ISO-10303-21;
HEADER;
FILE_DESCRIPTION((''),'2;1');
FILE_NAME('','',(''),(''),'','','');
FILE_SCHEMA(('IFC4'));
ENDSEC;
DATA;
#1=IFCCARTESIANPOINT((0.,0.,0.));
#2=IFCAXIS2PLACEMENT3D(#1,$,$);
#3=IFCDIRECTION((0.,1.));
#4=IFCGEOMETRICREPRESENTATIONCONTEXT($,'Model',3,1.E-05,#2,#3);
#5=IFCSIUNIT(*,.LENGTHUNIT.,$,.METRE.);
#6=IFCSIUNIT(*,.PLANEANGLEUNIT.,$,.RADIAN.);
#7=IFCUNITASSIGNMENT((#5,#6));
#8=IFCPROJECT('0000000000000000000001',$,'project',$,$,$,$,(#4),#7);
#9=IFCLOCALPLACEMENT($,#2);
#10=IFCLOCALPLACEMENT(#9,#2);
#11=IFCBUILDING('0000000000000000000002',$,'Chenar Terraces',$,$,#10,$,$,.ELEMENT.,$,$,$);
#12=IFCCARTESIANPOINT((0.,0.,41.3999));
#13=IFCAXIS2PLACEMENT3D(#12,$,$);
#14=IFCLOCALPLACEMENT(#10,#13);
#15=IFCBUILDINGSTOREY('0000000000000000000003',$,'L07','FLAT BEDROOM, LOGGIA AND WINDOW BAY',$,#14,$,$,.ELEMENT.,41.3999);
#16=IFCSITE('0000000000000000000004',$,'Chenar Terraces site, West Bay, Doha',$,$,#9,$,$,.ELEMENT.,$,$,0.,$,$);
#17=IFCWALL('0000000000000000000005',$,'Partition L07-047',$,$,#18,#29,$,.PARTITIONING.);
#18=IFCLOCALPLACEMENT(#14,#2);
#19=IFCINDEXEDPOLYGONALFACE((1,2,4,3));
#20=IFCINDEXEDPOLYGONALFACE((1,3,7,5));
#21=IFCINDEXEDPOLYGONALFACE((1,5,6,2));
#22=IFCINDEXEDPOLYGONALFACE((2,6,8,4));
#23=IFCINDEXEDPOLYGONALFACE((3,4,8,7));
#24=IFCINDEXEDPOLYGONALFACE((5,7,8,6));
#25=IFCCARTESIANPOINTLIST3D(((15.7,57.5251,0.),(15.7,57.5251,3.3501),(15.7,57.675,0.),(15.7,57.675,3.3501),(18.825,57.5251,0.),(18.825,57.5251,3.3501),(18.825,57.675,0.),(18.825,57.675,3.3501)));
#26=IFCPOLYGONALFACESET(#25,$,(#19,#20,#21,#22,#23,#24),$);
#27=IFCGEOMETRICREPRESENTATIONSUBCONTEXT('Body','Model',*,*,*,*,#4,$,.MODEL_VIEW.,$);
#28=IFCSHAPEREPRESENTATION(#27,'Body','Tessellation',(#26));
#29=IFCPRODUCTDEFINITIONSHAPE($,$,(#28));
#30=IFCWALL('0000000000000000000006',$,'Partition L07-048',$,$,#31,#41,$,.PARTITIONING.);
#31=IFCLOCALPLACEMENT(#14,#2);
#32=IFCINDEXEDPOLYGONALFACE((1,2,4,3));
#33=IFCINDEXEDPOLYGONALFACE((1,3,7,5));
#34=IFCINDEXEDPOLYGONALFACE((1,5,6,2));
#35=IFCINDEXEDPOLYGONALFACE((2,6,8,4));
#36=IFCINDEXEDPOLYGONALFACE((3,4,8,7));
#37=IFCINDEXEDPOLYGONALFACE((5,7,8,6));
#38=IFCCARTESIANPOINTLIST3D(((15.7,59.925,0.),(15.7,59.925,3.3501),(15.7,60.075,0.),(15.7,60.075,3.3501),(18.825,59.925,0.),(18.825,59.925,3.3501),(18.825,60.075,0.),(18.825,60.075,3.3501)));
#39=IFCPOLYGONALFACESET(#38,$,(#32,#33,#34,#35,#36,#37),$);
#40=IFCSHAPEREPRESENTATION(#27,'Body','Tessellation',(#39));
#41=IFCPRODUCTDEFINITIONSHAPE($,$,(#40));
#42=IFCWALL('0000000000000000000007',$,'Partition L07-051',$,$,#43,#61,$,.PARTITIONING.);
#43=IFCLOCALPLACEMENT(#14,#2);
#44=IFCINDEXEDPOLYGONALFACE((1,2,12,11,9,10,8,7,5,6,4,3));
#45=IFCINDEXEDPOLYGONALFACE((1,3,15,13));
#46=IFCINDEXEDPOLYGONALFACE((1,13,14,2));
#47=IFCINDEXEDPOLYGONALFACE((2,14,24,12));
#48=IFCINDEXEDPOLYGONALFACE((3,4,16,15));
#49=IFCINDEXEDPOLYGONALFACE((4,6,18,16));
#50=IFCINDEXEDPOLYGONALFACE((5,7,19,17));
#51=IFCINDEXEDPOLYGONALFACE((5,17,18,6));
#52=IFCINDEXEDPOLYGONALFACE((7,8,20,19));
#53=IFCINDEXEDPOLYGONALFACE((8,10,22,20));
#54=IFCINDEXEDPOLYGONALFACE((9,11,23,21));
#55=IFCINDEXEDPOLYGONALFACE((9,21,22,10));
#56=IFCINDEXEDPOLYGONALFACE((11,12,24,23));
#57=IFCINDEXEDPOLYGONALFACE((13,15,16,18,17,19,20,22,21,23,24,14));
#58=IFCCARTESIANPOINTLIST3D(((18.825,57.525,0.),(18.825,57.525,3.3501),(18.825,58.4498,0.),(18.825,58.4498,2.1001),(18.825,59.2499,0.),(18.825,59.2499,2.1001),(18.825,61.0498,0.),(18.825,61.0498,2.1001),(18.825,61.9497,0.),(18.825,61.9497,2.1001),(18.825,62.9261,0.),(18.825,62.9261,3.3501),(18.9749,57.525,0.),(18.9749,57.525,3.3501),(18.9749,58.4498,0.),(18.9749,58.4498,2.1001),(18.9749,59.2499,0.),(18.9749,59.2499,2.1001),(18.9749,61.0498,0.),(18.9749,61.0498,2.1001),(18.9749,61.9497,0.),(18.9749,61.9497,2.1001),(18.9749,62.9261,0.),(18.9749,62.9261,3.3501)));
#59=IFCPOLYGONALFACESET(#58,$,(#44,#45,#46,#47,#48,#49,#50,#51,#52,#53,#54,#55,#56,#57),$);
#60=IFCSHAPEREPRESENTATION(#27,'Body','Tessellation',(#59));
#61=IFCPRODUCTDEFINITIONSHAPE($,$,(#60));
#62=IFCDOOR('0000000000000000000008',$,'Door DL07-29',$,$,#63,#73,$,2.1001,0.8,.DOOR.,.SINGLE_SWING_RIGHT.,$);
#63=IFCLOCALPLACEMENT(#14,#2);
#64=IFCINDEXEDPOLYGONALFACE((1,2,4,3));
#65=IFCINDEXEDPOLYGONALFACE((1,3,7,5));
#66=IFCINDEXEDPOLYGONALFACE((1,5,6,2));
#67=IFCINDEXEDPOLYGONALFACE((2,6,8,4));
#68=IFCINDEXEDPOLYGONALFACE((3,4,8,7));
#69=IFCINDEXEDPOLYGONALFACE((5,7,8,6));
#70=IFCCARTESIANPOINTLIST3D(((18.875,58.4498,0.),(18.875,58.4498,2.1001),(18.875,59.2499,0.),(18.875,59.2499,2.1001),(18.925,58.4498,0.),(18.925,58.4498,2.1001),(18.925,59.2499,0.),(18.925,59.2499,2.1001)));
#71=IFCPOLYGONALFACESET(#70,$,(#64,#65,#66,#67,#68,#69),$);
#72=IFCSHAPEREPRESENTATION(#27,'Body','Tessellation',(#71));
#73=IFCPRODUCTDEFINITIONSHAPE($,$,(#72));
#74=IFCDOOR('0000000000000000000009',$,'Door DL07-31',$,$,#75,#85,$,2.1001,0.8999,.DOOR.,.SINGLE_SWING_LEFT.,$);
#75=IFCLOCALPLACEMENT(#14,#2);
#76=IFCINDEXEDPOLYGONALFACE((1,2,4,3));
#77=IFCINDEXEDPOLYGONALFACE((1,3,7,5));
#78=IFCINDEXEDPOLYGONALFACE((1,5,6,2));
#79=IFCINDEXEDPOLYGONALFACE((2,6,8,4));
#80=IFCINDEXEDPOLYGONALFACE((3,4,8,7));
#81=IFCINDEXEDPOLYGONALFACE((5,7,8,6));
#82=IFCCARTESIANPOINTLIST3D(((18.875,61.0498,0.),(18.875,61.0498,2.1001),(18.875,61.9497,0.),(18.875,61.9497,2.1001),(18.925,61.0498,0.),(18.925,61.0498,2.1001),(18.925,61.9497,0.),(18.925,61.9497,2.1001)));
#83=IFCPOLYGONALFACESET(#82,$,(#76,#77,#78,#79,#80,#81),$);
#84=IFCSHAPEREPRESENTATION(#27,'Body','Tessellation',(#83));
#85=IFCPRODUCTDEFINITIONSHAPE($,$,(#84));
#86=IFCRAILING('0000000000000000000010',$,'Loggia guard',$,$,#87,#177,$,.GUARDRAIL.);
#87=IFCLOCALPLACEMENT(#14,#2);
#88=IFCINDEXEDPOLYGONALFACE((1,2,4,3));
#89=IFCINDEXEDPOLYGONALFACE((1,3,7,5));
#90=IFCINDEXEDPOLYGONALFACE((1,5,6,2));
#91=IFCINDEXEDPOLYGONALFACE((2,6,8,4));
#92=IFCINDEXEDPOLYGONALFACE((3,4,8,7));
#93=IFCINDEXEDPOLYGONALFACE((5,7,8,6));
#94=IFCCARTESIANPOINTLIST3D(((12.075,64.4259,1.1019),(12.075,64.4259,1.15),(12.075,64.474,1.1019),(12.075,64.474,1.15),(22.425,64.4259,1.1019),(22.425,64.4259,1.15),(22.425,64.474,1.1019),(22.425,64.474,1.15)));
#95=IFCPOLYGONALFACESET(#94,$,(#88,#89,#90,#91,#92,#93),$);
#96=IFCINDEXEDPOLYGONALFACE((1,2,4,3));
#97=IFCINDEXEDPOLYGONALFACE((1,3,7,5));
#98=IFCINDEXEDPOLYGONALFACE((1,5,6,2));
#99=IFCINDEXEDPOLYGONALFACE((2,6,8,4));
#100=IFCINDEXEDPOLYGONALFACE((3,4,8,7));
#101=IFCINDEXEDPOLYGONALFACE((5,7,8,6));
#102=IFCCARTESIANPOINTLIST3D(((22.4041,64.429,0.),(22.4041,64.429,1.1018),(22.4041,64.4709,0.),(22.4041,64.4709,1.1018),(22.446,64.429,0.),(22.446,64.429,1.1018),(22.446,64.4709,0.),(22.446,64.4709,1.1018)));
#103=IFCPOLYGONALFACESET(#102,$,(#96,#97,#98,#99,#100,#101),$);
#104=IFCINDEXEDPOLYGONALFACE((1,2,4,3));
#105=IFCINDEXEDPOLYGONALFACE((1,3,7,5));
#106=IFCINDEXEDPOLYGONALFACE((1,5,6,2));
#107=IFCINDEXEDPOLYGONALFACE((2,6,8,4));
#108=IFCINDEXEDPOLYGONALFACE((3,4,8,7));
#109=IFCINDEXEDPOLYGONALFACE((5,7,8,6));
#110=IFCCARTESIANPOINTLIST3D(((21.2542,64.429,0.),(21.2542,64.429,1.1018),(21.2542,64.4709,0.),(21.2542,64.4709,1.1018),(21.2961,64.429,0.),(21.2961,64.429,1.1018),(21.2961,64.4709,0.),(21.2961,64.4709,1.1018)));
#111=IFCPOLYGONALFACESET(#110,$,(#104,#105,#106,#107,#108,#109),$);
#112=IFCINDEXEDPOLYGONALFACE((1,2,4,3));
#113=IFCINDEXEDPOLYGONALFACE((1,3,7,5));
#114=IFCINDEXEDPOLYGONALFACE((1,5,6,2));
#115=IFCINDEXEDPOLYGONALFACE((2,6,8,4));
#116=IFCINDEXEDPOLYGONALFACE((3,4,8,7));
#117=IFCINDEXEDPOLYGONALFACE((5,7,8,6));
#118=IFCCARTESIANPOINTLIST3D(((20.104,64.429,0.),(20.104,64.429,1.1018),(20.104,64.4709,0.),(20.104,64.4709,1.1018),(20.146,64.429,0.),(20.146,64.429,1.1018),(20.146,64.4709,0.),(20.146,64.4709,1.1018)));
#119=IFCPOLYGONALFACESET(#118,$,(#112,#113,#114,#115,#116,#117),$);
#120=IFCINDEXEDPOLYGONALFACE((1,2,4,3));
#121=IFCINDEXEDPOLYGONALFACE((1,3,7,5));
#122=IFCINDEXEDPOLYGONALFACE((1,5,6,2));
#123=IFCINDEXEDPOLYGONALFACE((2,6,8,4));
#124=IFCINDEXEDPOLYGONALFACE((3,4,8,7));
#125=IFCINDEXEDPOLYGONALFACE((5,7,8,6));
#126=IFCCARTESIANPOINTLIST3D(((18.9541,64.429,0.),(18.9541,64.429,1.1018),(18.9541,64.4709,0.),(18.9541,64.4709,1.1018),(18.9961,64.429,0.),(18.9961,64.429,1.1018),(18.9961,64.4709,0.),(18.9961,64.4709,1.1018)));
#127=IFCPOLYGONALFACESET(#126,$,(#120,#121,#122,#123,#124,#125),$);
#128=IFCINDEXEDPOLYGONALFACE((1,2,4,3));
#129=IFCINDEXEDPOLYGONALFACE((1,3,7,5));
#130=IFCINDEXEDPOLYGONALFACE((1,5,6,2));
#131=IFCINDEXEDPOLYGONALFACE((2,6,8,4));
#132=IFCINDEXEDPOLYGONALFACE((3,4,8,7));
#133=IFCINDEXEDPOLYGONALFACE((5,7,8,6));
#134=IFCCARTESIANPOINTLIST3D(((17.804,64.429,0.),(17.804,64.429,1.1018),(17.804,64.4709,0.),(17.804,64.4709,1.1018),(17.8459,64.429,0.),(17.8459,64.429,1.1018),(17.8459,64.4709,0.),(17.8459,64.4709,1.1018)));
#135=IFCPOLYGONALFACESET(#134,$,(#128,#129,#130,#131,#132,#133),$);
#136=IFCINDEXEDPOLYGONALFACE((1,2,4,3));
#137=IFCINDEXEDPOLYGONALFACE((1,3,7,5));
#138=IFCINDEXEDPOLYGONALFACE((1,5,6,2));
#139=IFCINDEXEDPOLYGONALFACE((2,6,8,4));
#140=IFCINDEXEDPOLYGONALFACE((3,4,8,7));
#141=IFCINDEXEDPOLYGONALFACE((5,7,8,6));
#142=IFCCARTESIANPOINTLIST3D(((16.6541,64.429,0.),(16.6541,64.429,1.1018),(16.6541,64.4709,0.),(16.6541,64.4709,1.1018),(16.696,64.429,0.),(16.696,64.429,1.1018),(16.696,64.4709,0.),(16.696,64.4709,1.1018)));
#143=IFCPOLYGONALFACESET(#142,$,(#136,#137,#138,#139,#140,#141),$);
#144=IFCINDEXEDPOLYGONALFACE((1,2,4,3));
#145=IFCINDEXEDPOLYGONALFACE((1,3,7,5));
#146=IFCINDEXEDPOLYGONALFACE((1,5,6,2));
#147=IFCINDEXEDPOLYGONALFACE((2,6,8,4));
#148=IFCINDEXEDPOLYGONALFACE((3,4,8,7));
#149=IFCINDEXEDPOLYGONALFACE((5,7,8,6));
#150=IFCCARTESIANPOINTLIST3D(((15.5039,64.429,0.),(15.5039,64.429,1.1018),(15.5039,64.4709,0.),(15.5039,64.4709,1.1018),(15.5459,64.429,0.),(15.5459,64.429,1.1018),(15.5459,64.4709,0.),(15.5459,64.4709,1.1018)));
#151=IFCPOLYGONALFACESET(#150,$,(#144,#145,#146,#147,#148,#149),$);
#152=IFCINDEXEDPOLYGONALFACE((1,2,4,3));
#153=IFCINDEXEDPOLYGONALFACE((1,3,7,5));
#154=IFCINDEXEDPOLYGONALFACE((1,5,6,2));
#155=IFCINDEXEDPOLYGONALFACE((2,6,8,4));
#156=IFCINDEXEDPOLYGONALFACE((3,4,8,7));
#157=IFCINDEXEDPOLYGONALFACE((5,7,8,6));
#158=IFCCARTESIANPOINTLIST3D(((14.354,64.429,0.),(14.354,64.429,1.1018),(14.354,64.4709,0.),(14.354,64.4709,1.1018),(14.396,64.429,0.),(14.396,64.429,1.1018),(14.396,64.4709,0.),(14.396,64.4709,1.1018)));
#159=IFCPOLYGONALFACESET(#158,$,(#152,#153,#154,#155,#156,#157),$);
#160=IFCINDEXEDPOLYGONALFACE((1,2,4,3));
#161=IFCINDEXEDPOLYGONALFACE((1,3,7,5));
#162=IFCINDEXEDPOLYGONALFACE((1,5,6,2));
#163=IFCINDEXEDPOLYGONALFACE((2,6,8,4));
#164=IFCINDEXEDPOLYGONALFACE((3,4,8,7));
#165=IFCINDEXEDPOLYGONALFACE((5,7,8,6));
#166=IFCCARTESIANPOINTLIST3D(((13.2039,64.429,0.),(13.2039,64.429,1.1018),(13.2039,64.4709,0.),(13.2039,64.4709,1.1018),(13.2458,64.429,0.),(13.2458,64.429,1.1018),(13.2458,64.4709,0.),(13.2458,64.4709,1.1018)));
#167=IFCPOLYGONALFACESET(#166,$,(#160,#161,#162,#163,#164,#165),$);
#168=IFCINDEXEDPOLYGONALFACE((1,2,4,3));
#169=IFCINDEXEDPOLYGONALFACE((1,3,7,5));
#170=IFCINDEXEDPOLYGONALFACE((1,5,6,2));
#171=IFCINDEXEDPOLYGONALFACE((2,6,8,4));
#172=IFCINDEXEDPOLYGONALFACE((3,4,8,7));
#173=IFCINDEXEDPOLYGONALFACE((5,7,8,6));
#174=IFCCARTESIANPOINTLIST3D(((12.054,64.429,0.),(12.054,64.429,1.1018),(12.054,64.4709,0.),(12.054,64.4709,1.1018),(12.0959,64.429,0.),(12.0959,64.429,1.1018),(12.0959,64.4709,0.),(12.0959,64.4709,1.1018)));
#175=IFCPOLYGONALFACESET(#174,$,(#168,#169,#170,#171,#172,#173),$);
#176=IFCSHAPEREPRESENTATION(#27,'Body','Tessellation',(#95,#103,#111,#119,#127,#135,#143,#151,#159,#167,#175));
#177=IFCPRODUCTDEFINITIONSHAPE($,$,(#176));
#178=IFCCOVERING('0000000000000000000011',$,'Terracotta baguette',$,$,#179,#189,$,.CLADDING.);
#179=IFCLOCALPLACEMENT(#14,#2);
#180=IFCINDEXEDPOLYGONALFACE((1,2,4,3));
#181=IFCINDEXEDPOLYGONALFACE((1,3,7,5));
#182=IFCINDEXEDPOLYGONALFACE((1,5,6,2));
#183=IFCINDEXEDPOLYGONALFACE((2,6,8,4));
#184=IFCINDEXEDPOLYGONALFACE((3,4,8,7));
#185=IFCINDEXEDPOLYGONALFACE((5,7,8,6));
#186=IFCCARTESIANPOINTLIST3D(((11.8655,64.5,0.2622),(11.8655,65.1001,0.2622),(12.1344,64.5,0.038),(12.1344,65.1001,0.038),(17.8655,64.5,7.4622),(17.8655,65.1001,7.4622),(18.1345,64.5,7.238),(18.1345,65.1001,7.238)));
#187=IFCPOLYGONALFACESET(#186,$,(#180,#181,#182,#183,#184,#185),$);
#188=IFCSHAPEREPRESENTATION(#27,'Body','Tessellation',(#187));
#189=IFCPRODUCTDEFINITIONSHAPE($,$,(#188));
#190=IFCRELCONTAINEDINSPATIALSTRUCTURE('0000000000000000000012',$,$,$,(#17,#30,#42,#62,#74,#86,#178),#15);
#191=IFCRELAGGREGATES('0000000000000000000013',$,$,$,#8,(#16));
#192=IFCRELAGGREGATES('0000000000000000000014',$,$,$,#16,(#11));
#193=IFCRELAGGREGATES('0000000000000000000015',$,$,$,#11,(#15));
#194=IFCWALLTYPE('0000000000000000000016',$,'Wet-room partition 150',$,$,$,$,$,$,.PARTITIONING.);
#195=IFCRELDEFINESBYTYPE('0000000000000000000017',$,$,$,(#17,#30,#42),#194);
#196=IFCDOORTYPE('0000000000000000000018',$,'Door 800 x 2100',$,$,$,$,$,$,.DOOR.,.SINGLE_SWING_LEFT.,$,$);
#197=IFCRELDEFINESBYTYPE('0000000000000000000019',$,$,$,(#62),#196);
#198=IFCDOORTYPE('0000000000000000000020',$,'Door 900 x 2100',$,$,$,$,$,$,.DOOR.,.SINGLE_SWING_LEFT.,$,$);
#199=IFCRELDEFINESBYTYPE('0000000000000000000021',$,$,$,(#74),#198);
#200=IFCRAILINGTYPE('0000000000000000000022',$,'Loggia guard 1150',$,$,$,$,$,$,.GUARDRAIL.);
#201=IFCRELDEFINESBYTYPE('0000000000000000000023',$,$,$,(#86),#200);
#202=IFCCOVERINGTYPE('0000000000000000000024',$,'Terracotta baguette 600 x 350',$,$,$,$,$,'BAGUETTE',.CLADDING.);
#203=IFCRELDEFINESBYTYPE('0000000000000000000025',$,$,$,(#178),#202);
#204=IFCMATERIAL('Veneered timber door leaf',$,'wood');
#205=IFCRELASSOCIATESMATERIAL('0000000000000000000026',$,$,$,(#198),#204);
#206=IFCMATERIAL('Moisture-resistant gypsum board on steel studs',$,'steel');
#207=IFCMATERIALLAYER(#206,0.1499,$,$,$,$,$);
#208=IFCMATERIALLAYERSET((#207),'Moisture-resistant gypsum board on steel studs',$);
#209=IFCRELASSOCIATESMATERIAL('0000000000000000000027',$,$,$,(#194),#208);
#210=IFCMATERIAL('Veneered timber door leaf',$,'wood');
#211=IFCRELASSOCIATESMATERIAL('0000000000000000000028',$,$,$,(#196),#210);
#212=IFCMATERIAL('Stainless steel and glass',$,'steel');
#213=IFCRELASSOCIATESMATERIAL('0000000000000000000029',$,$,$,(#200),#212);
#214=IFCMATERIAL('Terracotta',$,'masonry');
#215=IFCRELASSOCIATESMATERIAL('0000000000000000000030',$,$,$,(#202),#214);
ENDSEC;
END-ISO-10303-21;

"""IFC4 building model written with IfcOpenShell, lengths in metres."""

from ifc_helpers import new_model, si_unit, direction, frame, frame_2d, origin, origin_2d, place, context, subcontext, project, spatial, rectangle, extrude, material, layer, layer_set, material_profile, profile_set, type_object, element, fill, save


model = new_model("IFC4")

# Units and contexts
model_context = context("Model", 3, precision=1e-05, world=origin(), true_north=direction((0.0, 1.0)))
body_context = subcontext(model_context, "Body", "Model", "MODEL_VIEW")
ifc_project = project(units=[si_unit("LENGTHUNIT", "METRE"), si_unit("PLANEANGLEUNIT", "RADIAN")], contexts=[model_context])

# Site, building, storey
site_placement = place(None, origin())
site = spatial("IfcSite", under=ifc_project, at=site_placement, Name="Chenar Terraces site, West Bay, Doha", CompositionType="ELEMENT", RefElevation=0.0)
building_placement = place(site_placement, origin())
building = spatial("IfcBuilding", under=site, at=building_placement, Name="Chenar Terraces", CompositionType="ELEMENT")
storey_placement = place(building_placement, frame((0.0, 0.0, 41.3999)))
storey = spatial("IfcBuildingStorey", under=building, at=storey_placement, Name="L07", Description="FLAT BEDROOM, LOGGIA AND WINDOW BAY", CompositionType="ELEMENT", Elevation=41.3999)

# Shared definitions
ifc_material_1 = material(Name="Veneered timber door leaf", Category="wood")
door_type_1 = type_object("IfcDoorType", Name="Door 900 x 2100", OperationType="SINGLE_SWING_LEFT", PredefinedType="DOOR", material=ifc_material_1)

# Walls
ifc_material_2 = material(Name="Moisture-resistant gypsum board on steel studs", Category="steel")
ifc_layer_1 = layer(ifc_material_2, 0.1499)
ifc_layer_set_1 = layer_set([ifc_layer_1], Name="Moisture-resistant gypsum board on steel studs")
wall_type_1 = type_object("IfcWallType", Name="Wet-room partition 150", PredefinedType="PARTITIONING", material=ifc_layer_set_1)
for number, where, z_axis, x_axis, name in (
    (1, (15.7, 57.6001, 0.0), (0.0, 0.0, 1.0), (1.0, 0.0, 0.0), "Partition L07-047"),
    (2, (15.7, 60.0, 0.0), (0.0, 0.0, 1.0), (1.0, 0.0, 0.0), "Partition L07-048"),
):
    element("IfcWall", number, at=place(storey_placement, frame(where, z_axis=z_axis, x_axis=x_axis)), inside=storey, type_object=wall_type_1, Name=name, PredefinedType="PARTITIONING", context=body_context, shape_type="SweptSolid", body=[
        extrude(rectangle(XDim=3.125, YDim=0.1499, at=frame_2d((1.5625, 0.0))), origin(), (0.0, 0.0, 1.0), 3.3501),
    ])

# Wall, openings, doors
wall_1_placement = place(storey_placement, frame((18.8999, 57.5249, 0.0), z_axis=(0.0, 0.0, 1.0), x_axis=(0.0, 1.0, 0.0)))
wall_1 = element("IfcWall", 3, at=wall_1_placement, inside=storey, type_object=wall_type_1, Name="Partition L07-051", PredefinedType="PARTITIONING", context=body_context, shape_type="SweptSolid", body=[
    extrude(rectangle(XDim=5.4011, YDim=0.1499, at=frame_2d((2.7007, 0.0))), origin(), (0.0, 0.0, 1.0), 3.3501),
])
opening_1_placement = place(wall_1_placement, frame((0.925, 0.0, 0.0)))
opening_1 = element("IfcOpeningElement", 4, at=opening_1_placement, cuts=wall_1, PredefinedType="OPENING", context=body_context, shape_type="SweptSolid", body=[
    extrude(rectangle(XDim=0.8, YDim=2.1001, at=frame_2d((0.3999, 1.05))), frame((0.0, 0.085, 0.0), z_axis=(0.0, -1.0, 0.0), x_axis=(1.0, 0.0, 0.0)), (0.0, 0.0, 1.0), 0.1699),
])
opening_2_placement = place(wall_1_placement, frame((3.5249, 0.0, 0.0)))
opening_2 = element("IfcOpeningElement", 5, at=opening_2_placement, cuts=wall_1, PredefinedType="OPENING", context=body_context, shape_type="SweptSolid", body=[
    extrude(rectangle(XDim=0.8999, YDim=2.1001, at=frame_2d((0.45, 1.05))), frame((0.0, 0.085, 0.0), z_axis=(0.0, -1.0, 0.0), x_axis=(1.0, 0.0, 0.0)), (0.0, 0.0, 1.0), 0.1699),
])
ifc_material_3 = material(Name="Veneered timber door leaf", Category="wood")
door_type_2 = type_object("IfcDoorType", Name="Door 800 x 2100", OperationType="SINGLE_SWING_LEFT", PredefinedType="DOOR", material=ifc_material_3)
door_1_placement = place(opening_1_placement, origin())
door_1 = element("IfcDoor", 6, at=door_1_placement, inside=storey, type_object=door_type_2, Name="Door DL07-29", OperationType="SINGLE_SWING_RIGHT", OverallHeight=2.1001, OverallWidth=0.8, PredefinedType="DOOR", context=body_context, shape_type="SweptSolid", body=[
    extrude(rectangle(XDim=0.8, YDim=2.1001, at=frame_2d((0.3999, 1.05))), frame((0.0, 0.0249, 0.0), z_axis=(0.0, -1.0, 0.0), x_axis=(1.0, 0.0, 0.0)), (0.0, 0.0, 1.0), 0.05),
])
fill(opening_1, door_1)
door_2_placement = place(opening_2_placement, origin())
door_2 = element("IfcDoor", 7, at=door_2_placement, inside=storey, type_object=door_type_1, Name="Door DL07-31", OperationType="SINGLE_SWING_LEFT", OverallHeight=2.1001, OverallWidth=0.8999, PredefinedType="DOOR", context=body_context, shape_type="SweptSolid", body=[
    extrude(rectangle(XDim=0.8999, YDim=2.1001, at=frame_2d((0.45, 1.05))), frame((0.0, 0.0249, 0.0), z_axis=(0.0, -1.0, 0.0), x_axis=(1.0, 0.0, 0.0)), (0.0, 0.0, 1.0), 0.05),
])
fill(opening_2, door_2)

# Railing
ifc_material_4 = material(Name="Stainless steel and glass", Category="steel")
railing_type = type_object("IfcRailingType", Name="Loggia guard 1150", PredefinedType="GUARDRAIL", material=ifc_material_4)
railing_placement = place(storey_placement, frame((22.425, 64.45, 0.0)))
element("IfcRailing", 8, at=railing_placement, inside=storey, type_object=railing_type, Name="Loggia guard", PredefinedType="GUARDRAIL", context=body_context, shape_type="SweptSolid", body=[
    extrude(rectangle(XDim=0.0481, YDim=0.0481, at=origin_2d()), frame((0.0, 0.0, 1.126), z_axis=(-1.0, 0.0, 0.0), x_axis=(0.0, -1.0, 0.0)), (0.0, 0.0, 1.0), 10.3501),
    extrude(rectangle(XDim=0.042, YDim=0.042, at=origin_2d()), origin(), (0.0, 0.0, 1.0), 1.1018),
    extrude(rectangle(XDim=0.042, YDim=0.042, at=origin_2d()), frame((-1.1499, 0.0, 0.0)), (0.0, 0.0, 1.0), 1.1018),
    extrude(rectangle(XDim=0.042, YDim=0.042, at=origin_2d()), frame((-2.3, 0.0, 0.0)), (0.0, 0.0, 1.0), 1.1018),
    extrude(rectangle(XDim=0.042, YDim=0.042, at=origin_2d()), frame((-3.45, 0.0, 0.0)), (0.0, 0.0, 1.0), 1.1018),
    extrude(rectangle(XDim=0.042, YDim=0.042, at=origin_2d()), frame((-4.6001, 0.0, 0.0)), (0.0, 0.0, 1.0), 1.1018),
    extrude(rectangle(XDim=0.042, YDim=0.042, at=origin_2d()), frame((-5.75, 0.0, 0.0)), (0.0, 0.0, 1.0), 1.1018),
    extrude(rectangle(XDim=0.042, YDim=0.042, at=origin_2d()), frame((-6.9001, 0.0, 0.0)), (0.0, 0.0, 1.0), 1.1018),
    extrude(rectangle(XDim=0.042, YDim=0.042, at=origin_2d()), frame((-8.05, 0.0, 0.0)), (0.0, 0.0, 1.0), 1.1018),
    extrude(rectangle(XDim=0.042, YDim=0.042, at=origin_2d()), frame((-9.2002, 0.0, 0.0)), (0.0, 0.0, 1.0), 1.1018),
    extrude(rectangle(XDim=0.042, YDim=0.042, at=origin_2d()), frame((-10.3501, 0.0, 0.0)), (0.0, 0.0, 1.0), 1.1018),
])

# Covering
ifc_material_5 = material(Name="Terracotta", Category="masonry")
ifc_material_profile = material_profile(ifc_material_5, rectangle(XDim=0.6001, YDim=0.3501, at=origin_2d()), Name="Terracotta baguette 600 x 350")
ifc_profile_set = profile_set([ifc_material_profile], Name="Terracotta")
covering_type = type_object("IfcCoveringType", Name="Terracotta baguette 600 x 350", ElementType="BAGUETTE", PredefinedType="CLADDING", material=ifc_profile_set)
covering_placement = place(storey_placement, frame((18.0, 64.8, 7.3501), z_axis=(-0.640187, 0.0, -0.768219), x_axis=(0.0, -1.0, 0.0)))
element("IfcCovering", 9, at=covering_placement, inside=storey, type_object=covering_type, Name="Terracotta baguette", PredefinedType="CLADDING", context=body_context, shape_type="SweptSolid", body=[
    extrude(rectangle(XDim=0.6001, YDim=0.3501, at=origin_2d()), origin(), (0.0, 0.0, 1.0), 9.3723),
])

save(model, "model.ifc")
